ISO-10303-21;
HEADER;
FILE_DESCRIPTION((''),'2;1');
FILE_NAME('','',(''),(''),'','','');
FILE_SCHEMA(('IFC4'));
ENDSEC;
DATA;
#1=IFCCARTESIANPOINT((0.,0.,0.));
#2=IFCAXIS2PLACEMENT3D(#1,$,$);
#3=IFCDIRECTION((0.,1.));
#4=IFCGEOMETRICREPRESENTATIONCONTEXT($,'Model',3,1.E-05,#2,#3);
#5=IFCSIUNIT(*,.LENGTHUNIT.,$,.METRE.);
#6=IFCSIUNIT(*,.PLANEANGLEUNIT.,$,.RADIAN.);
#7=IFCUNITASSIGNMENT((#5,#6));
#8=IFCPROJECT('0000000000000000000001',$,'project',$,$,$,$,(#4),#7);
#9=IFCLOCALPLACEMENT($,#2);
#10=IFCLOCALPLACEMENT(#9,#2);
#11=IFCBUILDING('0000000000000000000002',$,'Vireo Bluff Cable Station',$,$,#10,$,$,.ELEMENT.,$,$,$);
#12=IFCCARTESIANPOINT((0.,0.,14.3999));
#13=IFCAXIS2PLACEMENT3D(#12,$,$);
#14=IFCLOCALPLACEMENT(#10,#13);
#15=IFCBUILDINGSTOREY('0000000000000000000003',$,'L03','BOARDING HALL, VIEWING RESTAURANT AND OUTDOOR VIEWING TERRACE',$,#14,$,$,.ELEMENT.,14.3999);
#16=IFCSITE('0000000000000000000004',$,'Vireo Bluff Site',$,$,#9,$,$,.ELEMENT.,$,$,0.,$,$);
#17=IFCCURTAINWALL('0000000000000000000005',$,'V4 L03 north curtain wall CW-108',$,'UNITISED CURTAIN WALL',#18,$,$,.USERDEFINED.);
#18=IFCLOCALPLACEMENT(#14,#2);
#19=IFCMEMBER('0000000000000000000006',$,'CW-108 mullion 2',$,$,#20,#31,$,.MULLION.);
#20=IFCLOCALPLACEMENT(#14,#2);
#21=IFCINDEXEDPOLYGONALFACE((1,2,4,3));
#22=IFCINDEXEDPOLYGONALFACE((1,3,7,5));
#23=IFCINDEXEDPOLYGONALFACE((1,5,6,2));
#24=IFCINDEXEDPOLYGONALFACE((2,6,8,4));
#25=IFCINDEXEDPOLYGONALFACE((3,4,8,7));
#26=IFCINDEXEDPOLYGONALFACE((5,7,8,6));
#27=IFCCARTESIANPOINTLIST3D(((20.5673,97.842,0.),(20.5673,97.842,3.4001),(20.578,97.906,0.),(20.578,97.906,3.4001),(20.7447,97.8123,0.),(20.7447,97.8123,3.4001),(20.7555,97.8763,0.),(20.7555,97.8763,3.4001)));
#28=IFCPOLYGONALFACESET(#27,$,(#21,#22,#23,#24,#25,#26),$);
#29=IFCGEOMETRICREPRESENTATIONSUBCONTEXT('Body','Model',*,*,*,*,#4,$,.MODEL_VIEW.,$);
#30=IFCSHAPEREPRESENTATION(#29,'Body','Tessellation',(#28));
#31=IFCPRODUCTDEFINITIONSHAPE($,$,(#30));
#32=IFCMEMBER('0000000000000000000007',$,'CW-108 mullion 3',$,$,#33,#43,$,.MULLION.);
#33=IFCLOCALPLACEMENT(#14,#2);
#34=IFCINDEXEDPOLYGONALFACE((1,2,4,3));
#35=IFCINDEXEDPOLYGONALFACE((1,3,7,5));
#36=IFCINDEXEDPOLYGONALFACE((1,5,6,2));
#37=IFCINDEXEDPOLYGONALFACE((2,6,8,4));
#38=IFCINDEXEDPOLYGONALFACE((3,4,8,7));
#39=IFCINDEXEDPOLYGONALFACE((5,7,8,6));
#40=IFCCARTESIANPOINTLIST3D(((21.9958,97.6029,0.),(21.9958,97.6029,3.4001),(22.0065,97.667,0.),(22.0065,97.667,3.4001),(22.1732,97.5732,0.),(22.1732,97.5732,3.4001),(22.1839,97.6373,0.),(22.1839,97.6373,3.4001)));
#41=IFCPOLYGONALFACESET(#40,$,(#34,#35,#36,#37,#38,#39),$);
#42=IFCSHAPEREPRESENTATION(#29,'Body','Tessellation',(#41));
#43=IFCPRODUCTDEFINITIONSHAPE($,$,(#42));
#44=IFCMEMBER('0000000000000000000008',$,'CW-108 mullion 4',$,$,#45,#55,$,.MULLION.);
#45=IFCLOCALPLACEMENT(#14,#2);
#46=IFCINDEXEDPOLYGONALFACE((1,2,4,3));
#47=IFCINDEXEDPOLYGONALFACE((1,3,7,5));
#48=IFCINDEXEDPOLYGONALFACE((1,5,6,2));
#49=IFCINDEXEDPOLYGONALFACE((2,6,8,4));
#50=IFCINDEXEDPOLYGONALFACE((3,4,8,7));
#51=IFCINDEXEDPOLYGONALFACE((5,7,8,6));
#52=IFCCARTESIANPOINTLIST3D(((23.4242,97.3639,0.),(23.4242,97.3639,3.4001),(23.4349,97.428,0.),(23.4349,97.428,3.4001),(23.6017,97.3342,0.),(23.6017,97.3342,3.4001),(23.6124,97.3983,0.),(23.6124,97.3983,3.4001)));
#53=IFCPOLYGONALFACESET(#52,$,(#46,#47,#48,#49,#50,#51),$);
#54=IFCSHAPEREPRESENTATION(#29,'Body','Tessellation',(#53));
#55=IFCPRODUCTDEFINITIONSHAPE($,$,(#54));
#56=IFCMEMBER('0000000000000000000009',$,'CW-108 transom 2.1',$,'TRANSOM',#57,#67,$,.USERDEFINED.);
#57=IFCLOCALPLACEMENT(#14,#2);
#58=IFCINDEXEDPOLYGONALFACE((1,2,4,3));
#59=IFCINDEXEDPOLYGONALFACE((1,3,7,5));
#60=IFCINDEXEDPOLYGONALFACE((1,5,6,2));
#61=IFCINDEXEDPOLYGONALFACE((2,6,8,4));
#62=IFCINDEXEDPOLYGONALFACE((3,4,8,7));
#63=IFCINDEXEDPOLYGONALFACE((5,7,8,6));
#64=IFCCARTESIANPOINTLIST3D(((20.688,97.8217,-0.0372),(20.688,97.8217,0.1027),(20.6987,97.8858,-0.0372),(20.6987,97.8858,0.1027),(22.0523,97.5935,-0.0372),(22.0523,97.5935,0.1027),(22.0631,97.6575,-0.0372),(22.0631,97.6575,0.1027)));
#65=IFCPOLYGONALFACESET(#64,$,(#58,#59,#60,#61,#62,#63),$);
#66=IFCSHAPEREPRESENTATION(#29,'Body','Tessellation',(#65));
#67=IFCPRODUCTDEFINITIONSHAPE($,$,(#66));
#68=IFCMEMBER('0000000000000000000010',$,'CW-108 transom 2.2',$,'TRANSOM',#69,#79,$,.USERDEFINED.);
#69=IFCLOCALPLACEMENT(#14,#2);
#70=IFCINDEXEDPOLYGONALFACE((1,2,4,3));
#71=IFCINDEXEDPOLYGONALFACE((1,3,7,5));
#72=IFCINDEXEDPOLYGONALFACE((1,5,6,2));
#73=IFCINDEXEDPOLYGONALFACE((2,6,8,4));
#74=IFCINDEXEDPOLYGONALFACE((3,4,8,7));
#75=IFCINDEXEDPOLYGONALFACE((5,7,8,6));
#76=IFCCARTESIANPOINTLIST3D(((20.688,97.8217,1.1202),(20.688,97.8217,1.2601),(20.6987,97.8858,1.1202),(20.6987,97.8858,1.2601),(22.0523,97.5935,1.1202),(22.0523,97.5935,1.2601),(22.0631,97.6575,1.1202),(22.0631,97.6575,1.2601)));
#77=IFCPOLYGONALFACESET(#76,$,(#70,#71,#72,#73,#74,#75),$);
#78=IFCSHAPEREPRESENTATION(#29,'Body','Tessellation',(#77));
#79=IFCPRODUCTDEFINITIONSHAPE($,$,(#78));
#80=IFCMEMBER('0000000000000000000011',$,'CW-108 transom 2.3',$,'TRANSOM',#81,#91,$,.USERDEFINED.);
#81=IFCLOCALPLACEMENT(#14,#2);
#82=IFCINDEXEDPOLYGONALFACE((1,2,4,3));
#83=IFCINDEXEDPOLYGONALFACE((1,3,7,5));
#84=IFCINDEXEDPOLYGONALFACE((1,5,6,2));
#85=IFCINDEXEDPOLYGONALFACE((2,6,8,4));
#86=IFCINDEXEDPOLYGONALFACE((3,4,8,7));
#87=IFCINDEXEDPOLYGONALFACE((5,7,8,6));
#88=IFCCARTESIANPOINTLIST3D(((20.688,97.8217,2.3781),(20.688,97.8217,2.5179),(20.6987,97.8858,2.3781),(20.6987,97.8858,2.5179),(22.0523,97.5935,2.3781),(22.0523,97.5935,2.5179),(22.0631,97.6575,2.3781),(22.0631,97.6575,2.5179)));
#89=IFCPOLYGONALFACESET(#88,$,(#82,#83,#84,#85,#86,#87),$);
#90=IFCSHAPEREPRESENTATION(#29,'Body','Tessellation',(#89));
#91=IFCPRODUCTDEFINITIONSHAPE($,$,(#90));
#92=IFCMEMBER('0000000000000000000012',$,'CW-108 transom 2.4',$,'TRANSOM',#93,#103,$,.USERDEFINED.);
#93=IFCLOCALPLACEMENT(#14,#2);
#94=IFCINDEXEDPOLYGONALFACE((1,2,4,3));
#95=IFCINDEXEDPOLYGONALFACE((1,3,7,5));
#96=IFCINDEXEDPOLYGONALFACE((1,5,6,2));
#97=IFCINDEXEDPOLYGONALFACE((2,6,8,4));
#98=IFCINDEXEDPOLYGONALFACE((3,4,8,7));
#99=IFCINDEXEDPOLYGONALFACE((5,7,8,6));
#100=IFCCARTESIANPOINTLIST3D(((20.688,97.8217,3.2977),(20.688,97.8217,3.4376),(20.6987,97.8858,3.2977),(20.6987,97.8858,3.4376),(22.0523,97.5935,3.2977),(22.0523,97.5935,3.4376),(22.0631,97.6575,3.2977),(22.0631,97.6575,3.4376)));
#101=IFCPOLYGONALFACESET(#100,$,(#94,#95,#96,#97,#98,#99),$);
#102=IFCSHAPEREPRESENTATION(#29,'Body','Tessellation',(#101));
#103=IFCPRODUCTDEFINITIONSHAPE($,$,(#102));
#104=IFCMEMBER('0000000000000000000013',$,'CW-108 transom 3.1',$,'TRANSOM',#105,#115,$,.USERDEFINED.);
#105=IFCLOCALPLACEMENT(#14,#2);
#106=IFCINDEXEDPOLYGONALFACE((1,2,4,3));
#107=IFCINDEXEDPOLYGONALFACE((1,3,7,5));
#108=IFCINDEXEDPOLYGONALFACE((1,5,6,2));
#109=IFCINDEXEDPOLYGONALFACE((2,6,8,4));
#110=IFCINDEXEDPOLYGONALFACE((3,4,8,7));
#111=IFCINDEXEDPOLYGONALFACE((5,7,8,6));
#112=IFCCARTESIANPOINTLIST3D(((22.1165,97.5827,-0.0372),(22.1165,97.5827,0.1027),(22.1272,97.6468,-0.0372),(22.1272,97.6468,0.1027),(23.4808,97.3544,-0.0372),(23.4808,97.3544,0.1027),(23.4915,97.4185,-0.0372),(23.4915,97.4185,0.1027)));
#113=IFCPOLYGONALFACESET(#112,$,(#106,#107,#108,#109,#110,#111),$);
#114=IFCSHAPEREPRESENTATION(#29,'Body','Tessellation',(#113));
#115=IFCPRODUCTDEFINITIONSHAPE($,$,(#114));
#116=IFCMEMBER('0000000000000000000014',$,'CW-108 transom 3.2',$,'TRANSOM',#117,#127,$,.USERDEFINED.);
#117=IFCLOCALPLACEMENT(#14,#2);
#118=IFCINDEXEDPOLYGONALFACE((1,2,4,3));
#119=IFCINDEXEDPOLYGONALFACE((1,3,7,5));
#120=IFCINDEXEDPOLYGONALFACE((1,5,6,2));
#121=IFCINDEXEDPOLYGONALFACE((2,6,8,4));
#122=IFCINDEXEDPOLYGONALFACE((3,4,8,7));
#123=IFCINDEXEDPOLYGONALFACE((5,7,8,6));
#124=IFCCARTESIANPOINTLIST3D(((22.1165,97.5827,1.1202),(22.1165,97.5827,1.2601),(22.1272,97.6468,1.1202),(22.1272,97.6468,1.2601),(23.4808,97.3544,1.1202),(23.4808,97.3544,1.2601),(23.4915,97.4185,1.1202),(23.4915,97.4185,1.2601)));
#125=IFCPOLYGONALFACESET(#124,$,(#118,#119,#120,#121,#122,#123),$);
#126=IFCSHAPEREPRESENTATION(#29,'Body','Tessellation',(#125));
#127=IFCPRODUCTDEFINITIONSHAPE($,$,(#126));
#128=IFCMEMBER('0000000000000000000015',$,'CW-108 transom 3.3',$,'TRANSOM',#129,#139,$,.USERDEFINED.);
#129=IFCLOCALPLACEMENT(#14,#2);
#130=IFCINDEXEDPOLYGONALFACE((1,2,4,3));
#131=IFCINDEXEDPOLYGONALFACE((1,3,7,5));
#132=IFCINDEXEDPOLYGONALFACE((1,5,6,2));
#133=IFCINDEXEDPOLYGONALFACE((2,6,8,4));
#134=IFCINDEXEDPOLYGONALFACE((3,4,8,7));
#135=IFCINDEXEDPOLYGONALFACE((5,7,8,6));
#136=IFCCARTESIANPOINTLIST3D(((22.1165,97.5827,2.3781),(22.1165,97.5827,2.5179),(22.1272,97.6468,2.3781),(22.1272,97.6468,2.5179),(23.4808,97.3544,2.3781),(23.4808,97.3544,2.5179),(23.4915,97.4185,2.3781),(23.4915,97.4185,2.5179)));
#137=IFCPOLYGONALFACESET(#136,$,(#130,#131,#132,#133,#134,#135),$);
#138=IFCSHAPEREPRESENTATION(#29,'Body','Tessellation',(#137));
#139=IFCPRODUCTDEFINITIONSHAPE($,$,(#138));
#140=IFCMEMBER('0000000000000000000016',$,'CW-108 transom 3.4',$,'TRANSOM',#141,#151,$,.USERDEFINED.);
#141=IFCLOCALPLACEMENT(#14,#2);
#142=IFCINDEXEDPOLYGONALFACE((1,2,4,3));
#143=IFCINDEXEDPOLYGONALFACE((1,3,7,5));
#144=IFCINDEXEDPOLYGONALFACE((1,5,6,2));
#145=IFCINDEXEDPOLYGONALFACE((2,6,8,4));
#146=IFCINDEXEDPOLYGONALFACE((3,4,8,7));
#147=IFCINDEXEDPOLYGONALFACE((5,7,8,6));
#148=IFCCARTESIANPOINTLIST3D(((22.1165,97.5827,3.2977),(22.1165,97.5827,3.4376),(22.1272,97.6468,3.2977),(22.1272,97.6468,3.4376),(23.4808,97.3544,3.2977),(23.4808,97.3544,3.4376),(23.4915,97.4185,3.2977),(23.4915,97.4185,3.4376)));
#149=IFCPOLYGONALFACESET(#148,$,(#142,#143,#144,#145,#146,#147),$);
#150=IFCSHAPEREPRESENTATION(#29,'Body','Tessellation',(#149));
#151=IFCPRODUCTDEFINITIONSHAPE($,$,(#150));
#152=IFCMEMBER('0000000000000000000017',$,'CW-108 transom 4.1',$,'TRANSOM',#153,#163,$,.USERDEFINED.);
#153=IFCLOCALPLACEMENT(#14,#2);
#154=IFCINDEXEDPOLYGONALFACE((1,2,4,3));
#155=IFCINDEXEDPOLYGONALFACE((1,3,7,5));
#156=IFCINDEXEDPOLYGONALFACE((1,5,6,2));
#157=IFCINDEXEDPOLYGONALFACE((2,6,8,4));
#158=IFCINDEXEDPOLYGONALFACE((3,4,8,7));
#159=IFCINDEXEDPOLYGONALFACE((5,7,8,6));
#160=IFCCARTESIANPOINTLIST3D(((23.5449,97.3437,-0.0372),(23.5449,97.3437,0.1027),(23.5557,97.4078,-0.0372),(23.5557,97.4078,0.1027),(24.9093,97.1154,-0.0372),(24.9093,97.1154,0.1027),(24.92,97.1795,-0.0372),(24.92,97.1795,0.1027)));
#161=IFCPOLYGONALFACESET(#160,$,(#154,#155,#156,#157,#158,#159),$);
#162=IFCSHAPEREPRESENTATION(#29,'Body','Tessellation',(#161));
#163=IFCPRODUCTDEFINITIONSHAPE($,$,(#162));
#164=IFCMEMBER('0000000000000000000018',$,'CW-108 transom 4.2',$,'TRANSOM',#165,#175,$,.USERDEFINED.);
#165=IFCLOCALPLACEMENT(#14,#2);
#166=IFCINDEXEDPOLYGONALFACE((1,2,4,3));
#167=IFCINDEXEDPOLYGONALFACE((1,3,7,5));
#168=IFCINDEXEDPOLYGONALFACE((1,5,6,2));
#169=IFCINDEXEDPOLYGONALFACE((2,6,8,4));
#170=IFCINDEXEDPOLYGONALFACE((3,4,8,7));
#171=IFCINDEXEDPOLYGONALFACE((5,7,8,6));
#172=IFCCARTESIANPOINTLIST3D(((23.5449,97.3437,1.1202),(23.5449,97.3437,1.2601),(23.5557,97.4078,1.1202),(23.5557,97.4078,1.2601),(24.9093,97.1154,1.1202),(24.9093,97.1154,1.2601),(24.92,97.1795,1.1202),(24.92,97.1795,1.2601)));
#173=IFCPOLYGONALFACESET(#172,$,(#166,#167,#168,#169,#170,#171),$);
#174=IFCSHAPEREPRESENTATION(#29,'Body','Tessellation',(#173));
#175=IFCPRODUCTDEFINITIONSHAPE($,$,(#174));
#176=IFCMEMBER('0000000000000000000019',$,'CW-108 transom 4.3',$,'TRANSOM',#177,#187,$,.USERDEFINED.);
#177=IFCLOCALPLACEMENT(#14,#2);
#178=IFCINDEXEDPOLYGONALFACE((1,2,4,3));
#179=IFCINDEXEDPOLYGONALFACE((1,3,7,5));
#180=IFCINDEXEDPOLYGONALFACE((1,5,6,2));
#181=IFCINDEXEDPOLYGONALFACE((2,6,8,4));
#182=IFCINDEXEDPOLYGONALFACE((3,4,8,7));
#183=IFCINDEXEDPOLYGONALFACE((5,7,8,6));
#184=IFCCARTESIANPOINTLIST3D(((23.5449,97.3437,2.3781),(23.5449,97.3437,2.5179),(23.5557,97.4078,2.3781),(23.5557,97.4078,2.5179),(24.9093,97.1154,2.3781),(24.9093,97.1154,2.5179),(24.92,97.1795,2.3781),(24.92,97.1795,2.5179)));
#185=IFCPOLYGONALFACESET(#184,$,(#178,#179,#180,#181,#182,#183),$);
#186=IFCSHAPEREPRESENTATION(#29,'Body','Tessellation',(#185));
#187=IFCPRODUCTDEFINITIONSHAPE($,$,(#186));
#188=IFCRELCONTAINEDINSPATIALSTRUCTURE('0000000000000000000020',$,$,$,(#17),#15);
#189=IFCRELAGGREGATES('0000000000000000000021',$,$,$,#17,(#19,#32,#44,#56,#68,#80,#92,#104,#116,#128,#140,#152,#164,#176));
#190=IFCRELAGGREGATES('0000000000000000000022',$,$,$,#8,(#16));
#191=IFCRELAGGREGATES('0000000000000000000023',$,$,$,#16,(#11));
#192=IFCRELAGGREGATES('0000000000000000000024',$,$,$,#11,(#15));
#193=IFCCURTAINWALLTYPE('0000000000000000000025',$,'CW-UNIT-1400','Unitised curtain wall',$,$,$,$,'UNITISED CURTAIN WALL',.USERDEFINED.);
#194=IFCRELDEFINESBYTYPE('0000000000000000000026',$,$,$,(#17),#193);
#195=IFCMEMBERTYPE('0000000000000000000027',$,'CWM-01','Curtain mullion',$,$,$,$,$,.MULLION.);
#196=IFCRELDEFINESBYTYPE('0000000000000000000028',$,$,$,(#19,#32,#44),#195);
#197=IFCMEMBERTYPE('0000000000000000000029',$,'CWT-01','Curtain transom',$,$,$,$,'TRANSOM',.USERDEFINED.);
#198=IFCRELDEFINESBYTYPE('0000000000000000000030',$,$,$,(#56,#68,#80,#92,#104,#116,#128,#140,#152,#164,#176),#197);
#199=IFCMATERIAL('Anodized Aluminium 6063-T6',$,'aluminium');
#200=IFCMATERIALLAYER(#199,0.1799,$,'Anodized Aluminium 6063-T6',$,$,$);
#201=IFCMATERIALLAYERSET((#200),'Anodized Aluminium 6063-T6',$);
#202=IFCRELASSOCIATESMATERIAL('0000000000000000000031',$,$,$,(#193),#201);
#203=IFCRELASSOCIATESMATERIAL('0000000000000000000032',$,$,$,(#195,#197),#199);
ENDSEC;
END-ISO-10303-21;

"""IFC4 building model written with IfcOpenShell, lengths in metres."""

from ifc_helpers import new_model, si_unit, direction, frame, origin, origin_2d, place, context, subcontext, project, spatial, rectangle, extrude, material, layer, layer_set, material_profile, profile_set, type_object, element, aggregate, save


model = new_model("IFC4")

# Units and contexts
model_context = context("Model", 3, precision=1e-05, world=origin(), true_north=direction((0.0, 1.0)))
body_context = subcontext(model_context, "Body", "Model", "MODEL_VIEW")
ifc_project = project(units=[si_unit("LENGTHUNIT", "METRE"), si_unit("PLANEANGLEUNIT", "RADIAN")], contexts=[model_context])

# Site, building, storey
site_placement = place(None, origin())
site = spatial("IfcSite", under=ifc_project, at=site_placement, Name="Vireo Bluff Site", CompositionType="ELEMENT", RefElevation=0.0)
building_placement = place(site_placement, origin())
building = spatial("IfcBuilding", under=site, at=building_placement, Name="Vireo Bluff Cable Station", CompositionType="ELEMENT")
storey_placement = place(building_placement, frame((0.0, 0.0, 14.3999)))
storey = spatial("IfcBuildingStorey", under=building, at=storey_placement, Name="L03", Description="BOARDING HALL, VIEWING RESTAURANT AND OUTDOOR VIEWING TERRACE", CompositionType="ELEMENT", Elevation=14.3999)

# Curtain wall, members
ifc_material_1 = material(Name="Anodized Aluminium 6063-T6", Category="aluminium")
ifc_layer_1 = layer(ifc_material_1, 0.1799, Name="Anodized Aluminium 6063-T6")
ifc_layer_set_1 = layer_set([ifc_layer_1], Name="Anodized Aluminium 6063-T6")
curtain_wall_type = type_object("IfcCurtainWallType", Name="CW-UNIT-1400", Description="Unitised curtain wall", ElementType="UNITISED CURTAIN WALL", PredefinedType="USERDEFINED", material=ifc_layer_set_1)
curtain_wall_placement = place(storey_placement, origin())
curtain_wall = element("IfcCurtainWall", 1, at=curtain_wall_placement, inside=storey, type_object=curtain_wall_type, Name="V4 L03 north curtain wall CW-108", ObjectType="UNITISED CURTAIN WALL", PredefinedType="USERDEFINED")
ifc_material_profile_1 = material_profile(ifc_material_1, rectangle(XDim=0.0649, YDim=0.1799, at=origin_2d()), Name="ALU-M-65X180")
ifc_profile_set_1 = profile_set([ifc_material_profile_1], Name="Anodized Aluminium 6063-T6")
member_type_1 = type_object("IfcMemberType", Name="CWM-01", Description="Curtain mullion", PredefinedType="MULLION", material=ifc_profile_set_1)
member_1_placement = place(storey_placement, frame((20.6614, 97.8591, 0.0), z_axis=(0.0, 0.0, 1.0), x_axis=(0.165048, 0.986286, 0.0)))
member_1 = element("IfcMember", 2, at=member_1_placement, type_object=member_type_1, Name="CW-108 mullion 2", PredefinedType="MULLION", context=body_context, shape_type="SweptSolid", body=[
    extrude(rectangle(XDim=0.0649, YDim=0.1799, at=origin_2d()), origin(), (0.0, 0.0, 1.0), 3.4001),
])
member_2_placement = place(storey_placement, frame((22.0898, 97.6201, 0.0), z_axis=(0.0, 0.0, 1.0), x_axis=(0.165048, 0.986286, 0.0)))
member_2 = element("IfcMember", 3, at=member_2_placement, type_object=member_type_1, Name="CW-108 mullion 3", PredefinedType="MULLION", context=body_context, shape_type="SweptSolid", body=[
    extrude(rectangle(XDim=0.0649, YDim=0.1799, at=origin_2d()), origin(), (0.0, 0.0, 1.0), 3.4001),
])
member_3_placement = place(storey_placement, frame((23.5183, 97.3811, 0.0), z_axis=(0.0, 0.0, 1.0), x_axis=(0.165048, 0.986286, 0.0)))
member_3 = element("IfcMember", 4, at=member_3_placement, type_object=member_type_1, Name="CW-108 mullion 4", PredefinedType="MULLION", context=body_context, shape_type="SweptSolid", body=[
    extrude(rectangle(XDim=0.0649, YDim=0.1799, at=origin_2d()), origin(), (0.0, 0.0, 1.0), 3.4001),
])
ifc_material_profile_2 = material_profile(ifc_material_1, rectangle(XDim=0.0649, YDim=0.1399, at=origin_2d()), Name="ALU-T-65X140")
ifc_profile_set_2 = profile_set([ifc_material_profile_2], Name="Anodized Aluminium 6063-T6")
member_type_2 = type_object("IfcMemberType", Name="CWT-01", Description="Curtain transom", ElementType="TRANSOM", PredefinedType="USERDEFINED", material=ifc_profile_set_2)
member_4_placement = place(storey_placement, frame((20.6934, 97.8538, 0.0327), z_axis=(0.986289, -0.165029, 0.0), x_axis=(0.165029, 0.986289, 0.0)))
member_4 = element("IfcMember", 5, at=member_4_placement, type_object=member_type_2, Name="CW-108 transom 2.1", ObjectType="TRANSOM", PredefinedType="USERDEFINED", context=body_context, shape_type="SweptSolid", body=[
    extrude(rectangle(XDim=0.0649, YDim=0.1399, at=origin_2d()), origin(), (0.0, 0.0, 1.0), 1.3833),
])
member_5_placement = place(storey_placement, frame((20.6934, 97.8538, 1.1902), z_axis=(0.986289, -0.165029, 0.0), x_axis=(0.165029, 0.986289, 0.0)))
member_5 = element("IfcMember", 6, at=member_5_placement, type_object=member_type_2, Name="CW-108 transom 2.2", ObjectType="TRANSOM", PredefinedType="USERDEFINED", context=body_context, shape_type="SweptSolid", body=[
    extrude(rectangle(XDim=0.0649, YDim=0.1399, at=origin_2d()), origin(), (0.0, 0.0, 1.0), 1.3833),
])
member_6_placement = place(storey_placement, frame((20.6934, 97.8538, 2.448), z_axis=(0.986289, -0.165029, 0.0), x_axis=(0.165029, 0.986289, 0.0)))
member_6 = element("IfcMember", 7, at=member_6_placement, type_object=member_type_2, Name="CW-108 transom 2.3", ObjectType="TRANSOM", PredefinedType="USERDEFINED", context=body_context, shape_type="SweptSolid", body=[
    extrude(rectangle(XDim=0.0649, YDim=0.1399, at=origin_2d()), origin(), (0.0, 0.0, 1.0), 1.3833),
])
member_7_placement = place(storey_placement, frame((20.6934, 97.8538, 3.3677), z_axis=(0.986289, -0.165029, 0.0), x_axis=(0.165029, 0.986289, 0.0)))
member_7 = element("IfcMember", 8, at=member_7_placement, type_object=member_type_2, Name="CW-108 transom 2.4", ObjectType="TRANSOM", PredefinedType="USERDEFINED", context=body_context, shape_type="SweptSolid", body=[
    extrude(rectangle(XDim=0.0649, YDim=0.1399, at=origin_2d()), origin(), (0.0, 0.0, 1.0), 1.3833),
])
member_8_placement = place(storey_placement, frame((22.1218, 97.6147, 0.0327), z_axis=(0.986289, -0.165029, 0.0), x_axis=(0.165029, 0.986289, 0.0)))
member_8 = element("IfcMember", 9, at=member_8_placement, type_object=member_type_2, Name="CW-108 transom 3.1", ObjectType="TRANSOM", PredefinedType="USERDEFINED", context=body_context, shape_type="SweptSolid", body=[
    extrude(rectangle(XDim=0.0649, YDim=0.1399, at=origin_2d()), origin(), (0.0, 0.0, 1.0), 1.3833),
])
member_9_placement = place(storey_placement, frame((22.1218, 97.6147, 1.1902), z_axis=(0.986289, -0.165029, 0.0), x_axis=(0.165029, 0.986289, 0.0)))
member_9 = element("IfcMember", 10, at=member_9_placement, type_object=member_type_2, Name="CW-108 transom 3.2", ObjectType="TRANSOM", PredefinedType="USERDEFINED", context=body_context, shape_type="SweptSolid", body=[
    extrude(rectangle(XDim=0.0649, YDim=0.1399, at=origin_2d()), origin(), (0.0, 0.0, 1.0), 1.3833),
])
member_10_placement = place(storey_placement, frame((22.1218, 97.6147, 2.448), z_axis=(0.986289, -0.165029, 0.0), x_axis=(0.165029, 0.986289, 0.0)))
member_10 = element("IfcMember", 11, at=member_10_placement, type_object=member_type_2, Name="CW-108 transom 3.3", ObjectType="TRANSOM", PredefinedType="USERDEFINED", context=body_context, shape_type="SweptSolid", body=[
    extrude(rectangle(XDim=0.0649, YDim=0.1399, at=origin_2d()), origin(), (0.0, 0.0, 1.0), 1.3833),
])
member_11_placement = place(storey_placement, frame((22.1218, 97.6147, 3.3677), z_axis=(0.986289, -0.165029, 0.0), x_axis=(0.165029, 0.986289, 0.0)))
member_11 = element("IfcMember", 12, at=member_11_placement, type_object=member_type_2, Name="CW-108 transom 3.4", ObjectType="TRANSOM", PredefinedType="USERDEFINED", context=body_context, shape_type="SweptSolid", body=[
    extrude(rectangle(XDim=0.0649, YDim=0.1399, at=origin_2d()), origin(), (0.0, 0.0, 1.0), 1.3833),
])
member_12_placement = place(storey_placement, frame((23.5503, 97.3757, 0.0327), z_axis=(0.986289, -0.165029, 0.0), x_axis=(0.165029, 0.986289, 0.0)))
member_12 = element("IfcMember", 13, at=member_12_placement, type_object=member_type_2, Name="CW-108 transom 4.1", ObjectType="TRANSOM", PredefinedType="USERDEFINED", context=body_context, shape_type="SweptSolid", body=[
    extrude(rectangle(XDim=0.0649, YDim=0.1399, at=origin_2d()), origin(), (0.0, 0.0, 1.0), 1.3833),
])
member_13_placement = place(storey_placement, frame((23.5503, 97.3757, 1.1902), z_axis=(0.986289, -0.165029, 0.0), x_axis=(0.165029, 0.986289, 0.0)))
member_13 = element("IfcMember", 14, at=member_13_placement, type_object=member_type_2, Name="CW-108 transom 4.2", ObjectType="TRANSOM", PredefinedType="USERDEFINED", context=body_context, shape_type="SweptSolid", body=[
    extrude(rectangle(XDim=0.0649, YDim=0.1399, at=origin_2d()), origin(), (0.0, 0.0, 1.0), 1.3833),
])
member_14_placement = place(storey_placement, frame((23.5503, 97.3757, 2.448), z_axis=(0.986289, -0.165029, 0.0), x_axis=(0.165029, 0.986289, 0.0)))
member_14 = element("IfcMember", 15, at=member_14_placement, type_object=member_type_2, Name="CW-108 transom 4.3", ObjectType="TRANSOM", PredefinedType="USERDEFINED", context=body_context, shape_type="SweptSolid", body=[
    extrude(rectangle(XDim=0.0649, YDim=0.1399, at=origin_2d()), origin(), (0.0, 0.0, 1.0), 1.3833),
])
aggregate(curtain_wall, [member_1, member_2, member_3, member_4, member_5, member_6, member_7, member_8, member_9, member_10, member_11, member_12, member_13, member_14])

save(model, "model.ifc")
